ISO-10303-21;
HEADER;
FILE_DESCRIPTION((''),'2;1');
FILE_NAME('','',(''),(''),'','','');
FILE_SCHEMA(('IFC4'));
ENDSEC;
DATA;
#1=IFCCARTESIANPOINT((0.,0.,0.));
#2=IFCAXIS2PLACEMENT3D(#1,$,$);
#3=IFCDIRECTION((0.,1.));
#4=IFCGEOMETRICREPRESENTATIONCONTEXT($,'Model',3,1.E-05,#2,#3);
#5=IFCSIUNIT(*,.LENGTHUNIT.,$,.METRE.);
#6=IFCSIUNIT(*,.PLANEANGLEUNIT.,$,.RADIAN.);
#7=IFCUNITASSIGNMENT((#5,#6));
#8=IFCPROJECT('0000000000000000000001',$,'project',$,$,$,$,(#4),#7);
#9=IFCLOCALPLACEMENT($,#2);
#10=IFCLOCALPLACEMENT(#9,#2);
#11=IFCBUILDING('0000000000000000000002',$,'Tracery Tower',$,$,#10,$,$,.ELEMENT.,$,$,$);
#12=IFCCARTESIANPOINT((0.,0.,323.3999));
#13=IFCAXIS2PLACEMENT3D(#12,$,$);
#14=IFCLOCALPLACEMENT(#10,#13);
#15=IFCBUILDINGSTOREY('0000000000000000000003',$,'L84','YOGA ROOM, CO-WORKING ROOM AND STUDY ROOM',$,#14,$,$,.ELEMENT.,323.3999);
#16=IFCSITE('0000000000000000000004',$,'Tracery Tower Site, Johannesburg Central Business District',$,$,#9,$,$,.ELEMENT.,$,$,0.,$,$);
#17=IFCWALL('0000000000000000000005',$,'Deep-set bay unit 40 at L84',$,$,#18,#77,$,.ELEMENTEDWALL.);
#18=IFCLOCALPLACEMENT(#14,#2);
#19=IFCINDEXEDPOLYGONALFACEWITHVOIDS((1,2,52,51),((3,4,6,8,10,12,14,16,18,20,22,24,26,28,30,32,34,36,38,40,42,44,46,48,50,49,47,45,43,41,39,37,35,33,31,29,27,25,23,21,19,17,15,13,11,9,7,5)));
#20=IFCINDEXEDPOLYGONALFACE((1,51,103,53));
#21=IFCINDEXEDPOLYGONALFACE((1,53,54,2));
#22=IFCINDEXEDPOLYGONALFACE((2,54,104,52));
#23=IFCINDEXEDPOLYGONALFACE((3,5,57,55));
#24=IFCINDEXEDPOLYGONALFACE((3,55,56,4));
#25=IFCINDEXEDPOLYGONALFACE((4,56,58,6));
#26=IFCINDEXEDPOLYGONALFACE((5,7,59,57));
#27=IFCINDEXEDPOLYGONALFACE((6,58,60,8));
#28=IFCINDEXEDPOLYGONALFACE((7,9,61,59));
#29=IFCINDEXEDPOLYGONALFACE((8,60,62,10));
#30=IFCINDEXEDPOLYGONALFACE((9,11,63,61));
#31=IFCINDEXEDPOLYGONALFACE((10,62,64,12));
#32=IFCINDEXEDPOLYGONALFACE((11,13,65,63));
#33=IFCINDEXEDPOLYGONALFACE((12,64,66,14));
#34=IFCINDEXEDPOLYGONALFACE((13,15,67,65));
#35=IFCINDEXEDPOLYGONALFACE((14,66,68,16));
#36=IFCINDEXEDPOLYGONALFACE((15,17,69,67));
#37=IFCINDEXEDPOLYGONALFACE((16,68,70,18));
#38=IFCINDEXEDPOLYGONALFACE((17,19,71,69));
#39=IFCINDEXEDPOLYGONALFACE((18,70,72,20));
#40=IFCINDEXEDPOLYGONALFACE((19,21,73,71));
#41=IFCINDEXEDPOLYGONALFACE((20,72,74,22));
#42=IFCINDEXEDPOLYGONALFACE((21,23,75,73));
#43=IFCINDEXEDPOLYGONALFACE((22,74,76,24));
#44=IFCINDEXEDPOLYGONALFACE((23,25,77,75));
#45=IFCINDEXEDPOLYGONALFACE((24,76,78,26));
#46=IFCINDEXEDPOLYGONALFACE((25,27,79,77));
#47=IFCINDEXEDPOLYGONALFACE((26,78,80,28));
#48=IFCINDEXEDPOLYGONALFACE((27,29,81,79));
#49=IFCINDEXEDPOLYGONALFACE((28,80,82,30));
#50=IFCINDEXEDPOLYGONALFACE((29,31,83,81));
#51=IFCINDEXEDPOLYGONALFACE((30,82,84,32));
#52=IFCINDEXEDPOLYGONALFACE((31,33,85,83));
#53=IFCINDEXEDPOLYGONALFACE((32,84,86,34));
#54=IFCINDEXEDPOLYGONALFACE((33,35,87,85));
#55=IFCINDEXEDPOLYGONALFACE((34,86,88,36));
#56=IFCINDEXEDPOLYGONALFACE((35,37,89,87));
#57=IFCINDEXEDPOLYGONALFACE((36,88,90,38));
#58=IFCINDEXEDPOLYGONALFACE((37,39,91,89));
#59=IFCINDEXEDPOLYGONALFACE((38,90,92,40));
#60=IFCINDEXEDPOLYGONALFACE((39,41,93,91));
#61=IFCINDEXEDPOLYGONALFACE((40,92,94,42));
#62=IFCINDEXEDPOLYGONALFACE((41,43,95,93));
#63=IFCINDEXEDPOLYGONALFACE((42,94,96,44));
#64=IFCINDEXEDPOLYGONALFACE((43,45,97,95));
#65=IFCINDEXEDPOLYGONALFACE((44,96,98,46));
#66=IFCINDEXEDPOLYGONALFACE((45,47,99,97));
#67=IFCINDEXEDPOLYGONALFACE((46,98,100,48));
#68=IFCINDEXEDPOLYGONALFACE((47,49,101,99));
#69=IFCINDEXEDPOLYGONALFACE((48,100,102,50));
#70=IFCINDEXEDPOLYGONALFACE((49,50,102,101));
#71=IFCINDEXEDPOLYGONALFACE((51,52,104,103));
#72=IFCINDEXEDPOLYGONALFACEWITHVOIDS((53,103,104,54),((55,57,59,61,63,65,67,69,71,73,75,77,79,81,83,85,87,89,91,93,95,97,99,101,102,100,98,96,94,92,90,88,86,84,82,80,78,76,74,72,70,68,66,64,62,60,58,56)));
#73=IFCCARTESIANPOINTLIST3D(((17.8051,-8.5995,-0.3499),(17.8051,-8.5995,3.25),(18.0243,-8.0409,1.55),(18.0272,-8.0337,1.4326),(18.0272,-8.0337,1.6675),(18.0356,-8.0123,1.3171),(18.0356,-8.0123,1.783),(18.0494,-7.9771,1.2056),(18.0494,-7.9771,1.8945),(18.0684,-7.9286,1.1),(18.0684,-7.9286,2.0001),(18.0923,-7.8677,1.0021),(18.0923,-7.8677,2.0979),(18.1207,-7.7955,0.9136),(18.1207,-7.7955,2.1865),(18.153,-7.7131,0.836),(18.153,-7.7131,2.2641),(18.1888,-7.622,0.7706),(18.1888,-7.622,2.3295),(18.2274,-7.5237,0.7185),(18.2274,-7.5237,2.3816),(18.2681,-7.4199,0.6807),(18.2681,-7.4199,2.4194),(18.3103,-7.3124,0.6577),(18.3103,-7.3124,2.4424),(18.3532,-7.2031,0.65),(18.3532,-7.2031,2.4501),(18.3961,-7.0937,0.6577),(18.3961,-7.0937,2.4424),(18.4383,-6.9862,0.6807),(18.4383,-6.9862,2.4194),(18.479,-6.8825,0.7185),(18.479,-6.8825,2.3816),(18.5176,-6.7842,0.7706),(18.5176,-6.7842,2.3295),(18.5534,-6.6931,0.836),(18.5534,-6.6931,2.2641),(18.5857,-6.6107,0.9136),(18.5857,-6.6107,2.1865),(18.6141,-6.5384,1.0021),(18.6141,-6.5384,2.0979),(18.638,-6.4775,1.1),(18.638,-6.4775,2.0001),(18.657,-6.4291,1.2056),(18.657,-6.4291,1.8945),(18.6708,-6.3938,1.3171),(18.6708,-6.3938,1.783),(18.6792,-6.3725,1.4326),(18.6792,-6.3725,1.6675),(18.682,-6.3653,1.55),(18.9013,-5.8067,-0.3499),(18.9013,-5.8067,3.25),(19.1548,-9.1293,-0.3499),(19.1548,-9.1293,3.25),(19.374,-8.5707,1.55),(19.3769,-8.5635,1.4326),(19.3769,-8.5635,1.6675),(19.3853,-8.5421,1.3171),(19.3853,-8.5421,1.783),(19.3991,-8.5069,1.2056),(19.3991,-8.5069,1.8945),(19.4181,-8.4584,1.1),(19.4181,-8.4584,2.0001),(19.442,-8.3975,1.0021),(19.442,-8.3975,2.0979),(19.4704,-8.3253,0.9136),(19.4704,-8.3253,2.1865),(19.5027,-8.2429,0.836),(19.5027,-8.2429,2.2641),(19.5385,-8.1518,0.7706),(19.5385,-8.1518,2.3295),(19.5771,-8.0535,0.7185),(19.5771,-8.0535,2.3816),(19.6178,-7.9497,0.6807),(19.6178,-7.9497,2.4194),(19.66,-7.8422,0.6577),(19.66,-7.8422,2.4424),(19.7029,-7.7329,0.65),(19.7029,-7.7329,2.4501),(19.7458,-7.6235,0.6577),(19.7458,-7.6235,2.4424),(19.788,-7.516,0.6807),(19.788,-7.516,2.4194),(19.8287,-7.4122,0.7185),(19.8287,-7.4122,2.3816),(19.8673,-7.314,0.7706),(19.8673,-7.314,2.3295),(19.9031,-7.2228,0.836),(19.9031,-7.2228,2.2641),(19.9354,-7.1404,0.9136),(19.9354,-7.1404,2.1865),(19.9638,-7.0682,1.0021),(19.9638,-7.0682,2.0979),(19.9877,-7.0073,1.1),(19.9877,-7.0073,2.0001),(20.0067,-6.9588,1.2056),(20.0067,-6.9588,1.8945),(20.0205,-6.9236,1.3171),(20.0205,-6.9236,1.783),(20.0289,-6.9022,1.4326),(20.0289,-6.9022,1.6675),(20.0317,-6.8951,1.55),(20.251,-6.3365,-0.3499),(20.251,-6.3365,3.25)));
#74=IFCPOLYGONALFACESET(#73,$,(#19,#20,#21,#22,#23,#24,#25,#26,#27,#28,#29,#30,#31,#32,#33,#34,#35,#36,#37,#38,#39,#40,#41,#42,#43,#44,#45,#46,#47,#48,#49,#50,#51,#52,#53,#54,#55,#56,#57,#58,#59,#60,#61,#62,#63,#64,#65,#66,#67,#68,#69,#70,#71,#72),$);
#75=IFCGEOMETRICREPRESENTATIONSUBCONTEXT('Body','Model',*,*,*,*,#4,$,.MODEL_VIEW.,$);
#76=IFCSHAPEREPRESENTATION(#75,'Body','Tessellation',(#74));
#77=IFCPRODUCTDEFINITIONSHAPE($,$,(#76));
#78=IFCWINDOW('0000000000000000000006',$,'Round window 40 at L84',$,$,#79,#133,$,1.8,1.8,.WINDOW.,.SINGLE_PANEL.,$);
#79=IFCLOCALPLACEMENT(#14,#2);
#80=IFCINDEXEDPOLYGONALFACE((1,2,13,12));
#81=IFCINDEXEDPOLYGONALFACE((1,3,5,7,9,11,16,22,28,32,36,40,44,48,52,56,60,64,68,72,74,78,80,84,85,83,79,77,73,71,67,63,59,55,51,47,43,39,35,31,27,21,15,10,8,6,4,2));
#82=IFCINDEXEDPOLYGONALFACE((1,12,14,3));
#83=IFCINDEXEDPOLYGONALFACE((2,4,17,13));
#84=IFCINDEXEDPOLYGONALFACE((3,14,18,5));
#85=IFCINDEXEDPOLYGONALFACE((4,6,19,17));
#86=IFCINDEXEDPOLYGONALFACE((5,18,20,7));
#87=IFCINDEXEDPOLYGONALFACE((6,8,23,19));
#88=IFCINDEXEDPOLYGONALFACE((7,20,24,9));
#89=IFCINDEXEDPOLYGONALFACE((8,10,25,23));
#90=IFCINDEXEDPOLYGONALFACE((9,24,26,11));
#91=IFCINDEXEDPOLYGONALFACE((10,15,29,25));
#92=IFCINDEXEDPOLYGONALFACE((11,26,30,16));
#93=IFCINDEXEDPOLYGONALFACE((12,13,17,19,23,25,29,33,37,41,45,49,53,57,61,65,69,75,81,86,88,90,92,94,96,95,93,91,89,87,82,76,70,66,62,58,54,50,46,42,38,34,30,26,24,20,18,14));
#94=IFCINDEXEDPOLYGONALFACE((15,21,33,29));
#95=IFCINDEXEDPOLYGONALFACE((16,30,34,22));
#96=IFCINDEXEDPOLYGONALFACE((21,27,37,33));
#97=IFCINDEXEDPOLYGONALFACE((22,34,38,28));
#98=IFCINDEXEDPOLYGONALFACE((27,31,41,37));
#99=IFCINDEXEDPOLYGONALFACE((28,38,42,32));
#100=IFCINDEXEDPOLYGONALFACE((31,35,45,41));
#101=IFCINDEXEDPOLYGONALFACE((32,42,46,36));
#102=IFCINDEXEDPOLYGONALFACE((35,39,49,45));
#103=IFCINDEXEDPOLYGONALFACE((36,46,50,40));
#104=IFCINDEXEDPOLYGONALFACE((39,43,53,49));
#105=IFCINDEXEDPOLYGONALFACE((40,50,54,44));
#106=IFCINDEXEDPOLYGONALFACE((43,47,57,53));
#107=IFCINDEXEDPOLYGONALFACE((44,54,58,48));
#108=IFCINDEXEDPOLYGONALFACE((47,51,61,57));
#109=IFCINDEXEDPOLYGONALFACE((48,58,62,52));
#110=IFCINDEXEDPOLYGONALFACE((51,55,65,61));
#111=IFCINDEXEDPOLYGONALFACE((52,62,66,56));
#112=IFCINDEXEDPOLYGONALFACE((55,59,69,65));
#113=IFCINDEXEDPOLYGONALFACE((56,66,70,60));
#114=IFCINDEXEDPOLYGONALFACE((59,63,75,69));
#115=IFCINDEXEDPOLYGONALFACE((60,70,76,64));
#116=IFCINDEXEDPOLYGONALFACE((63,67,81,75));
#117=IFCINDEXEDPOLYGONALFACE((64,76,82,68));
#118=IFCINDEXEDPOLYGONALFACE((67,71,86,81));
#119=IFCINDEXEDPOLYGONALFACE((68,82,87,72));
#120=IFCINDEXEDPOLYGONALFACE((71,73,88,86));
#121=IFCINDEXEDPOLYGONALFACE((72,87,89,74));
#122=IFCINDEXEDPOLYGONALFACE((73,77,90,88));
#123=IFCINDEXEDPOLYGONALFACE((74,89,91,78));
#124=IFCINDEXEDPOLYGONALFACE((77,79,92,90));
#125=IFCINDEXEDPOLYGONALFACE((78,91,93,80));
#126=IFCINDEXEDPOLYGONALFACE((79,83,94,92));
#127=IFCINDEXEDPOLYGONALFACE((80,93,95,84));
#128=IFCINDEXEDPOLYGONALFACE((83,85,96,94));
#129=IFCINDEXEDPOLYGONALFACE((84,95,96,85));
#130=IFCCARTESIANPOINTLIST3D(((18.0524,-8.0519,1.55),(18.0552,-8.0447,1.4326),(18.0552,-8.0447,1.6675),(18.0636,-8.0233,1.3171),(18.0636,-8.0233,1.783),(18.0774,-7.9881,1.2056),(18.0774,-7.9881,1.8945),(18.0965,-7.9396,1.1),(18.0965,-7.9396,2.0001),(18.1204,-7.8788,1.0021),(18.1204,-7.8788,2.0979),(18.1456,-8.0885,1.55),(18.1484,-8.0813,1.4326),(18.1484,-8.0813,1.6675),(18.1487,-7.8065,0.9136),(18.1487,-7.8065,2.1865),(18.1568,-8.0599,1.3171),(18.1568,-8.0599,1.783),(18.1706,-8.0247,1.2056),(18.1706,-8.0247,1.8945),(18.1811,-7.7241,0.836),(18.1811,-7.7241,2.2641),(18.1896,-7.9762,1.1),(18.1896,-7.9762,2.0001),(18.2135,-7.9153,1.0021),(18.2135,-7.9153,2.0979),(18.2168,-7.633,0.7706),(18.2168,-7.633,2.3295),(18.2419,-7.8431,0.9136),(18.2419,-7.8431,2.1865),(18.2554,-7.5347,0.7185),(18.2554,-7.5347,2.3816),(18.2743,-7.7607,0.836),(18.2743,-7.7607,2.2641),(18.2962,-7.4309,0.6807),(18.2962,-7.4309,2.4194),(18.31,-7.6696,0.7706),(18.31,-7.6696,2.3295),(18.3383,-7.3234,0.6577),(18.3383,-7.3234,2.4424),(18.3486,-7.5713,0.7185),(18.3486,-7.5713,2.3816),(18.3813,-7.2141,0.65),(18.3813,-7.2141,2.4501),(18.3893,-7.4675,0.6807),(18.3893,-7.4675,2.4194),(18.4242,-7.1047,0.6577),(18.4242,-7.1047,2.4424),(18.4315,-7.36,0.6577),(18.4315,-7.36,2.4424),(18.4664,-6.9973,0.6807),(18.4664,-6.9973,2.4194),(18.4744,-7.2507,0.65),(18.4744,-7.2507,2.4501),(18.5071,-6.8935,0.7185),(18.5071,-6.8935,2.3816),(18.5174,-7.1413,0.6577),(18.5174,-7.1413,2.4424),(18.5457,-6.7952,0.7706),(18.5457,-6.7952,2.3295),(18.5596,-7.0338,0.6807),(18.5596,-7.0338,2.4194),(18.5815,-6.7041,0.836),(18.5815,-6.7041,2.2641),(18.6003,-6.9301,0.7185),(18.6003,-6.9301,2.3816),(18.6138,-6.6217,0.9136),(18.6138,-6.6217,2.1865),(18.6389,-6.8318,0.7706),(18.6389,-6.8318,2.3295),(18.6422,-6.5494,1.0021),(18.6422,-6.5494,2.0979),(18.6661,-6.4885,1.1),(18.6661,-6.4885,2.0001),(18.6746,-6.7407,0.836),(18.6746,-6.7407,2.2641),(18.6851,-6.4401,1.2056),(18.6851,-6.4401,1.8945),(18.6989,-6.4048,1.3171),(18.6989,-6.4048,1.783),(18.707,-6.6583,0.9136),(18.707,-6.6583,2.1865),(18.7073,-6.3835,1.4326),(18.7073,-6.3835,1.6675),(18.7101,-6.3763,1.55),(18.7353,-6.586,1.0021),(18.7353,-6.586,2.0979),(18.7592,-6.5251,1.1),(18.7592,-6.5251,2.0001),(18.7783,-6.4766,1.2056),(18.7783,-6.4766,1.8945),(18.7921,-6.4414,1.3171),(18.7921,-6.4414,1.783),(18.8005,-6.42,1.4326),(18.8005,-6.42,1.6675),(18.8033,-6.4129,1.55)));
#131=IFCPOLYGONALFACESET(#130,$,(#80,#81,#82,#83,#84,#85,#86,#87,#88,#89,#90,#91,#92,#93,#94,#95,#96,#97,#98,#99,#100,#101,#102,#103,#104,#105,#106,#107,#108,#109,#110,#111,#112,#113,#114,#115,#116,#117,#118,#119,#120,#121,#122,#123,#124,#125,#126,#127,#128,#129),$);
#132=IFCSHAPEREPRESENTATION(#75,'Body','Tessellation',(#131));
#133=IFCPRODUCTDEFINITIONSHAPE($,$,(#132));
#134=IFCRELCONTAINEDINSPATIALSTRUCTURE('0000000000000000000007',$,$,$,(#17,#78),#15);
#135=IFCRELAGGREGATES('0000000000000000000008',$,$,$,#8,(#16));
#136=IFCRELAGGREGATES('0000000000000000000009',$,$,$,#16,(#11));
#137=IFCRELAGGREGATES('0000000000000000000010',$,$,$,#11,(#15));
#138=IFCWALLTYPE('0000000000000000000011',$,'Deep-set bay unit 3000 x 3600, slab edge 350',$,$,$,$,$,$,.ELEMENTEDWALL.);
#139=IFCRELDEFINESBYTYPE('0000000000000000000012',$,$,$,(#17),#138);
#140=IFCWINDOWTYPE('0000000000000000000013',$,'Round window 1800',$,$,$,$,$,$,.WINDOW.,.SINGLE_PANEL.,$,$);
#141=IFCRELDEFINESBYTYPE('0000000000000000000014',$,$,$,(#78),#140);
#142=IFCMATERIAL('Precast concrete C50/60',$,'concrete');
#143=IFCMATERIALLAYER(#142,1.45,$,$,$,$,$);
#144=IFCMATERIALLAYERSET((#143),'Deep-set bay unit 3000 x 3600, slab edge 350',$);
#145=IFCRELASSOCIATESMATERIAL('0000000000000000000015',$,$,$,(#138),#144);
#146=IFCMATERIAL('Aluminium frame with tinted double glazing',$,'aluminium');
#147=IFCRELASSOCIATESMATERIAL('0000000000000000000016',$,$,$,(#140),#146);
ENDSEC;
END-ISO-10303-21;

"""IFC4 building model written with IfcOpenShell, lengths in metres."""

from ifc_helpers import new_model, si_unit, direction, frame, frame_2d, origin, origin_2d, place, context, subcontext, project, spatial, rectangle, circle, extrude, material, layer, layer_set, type_object, element, fill, save


model = new_model("IFC4")

# Units and contexts
model_context = context("Model", 3, precision=1e-05, world=origin(), true_north=direction((0.0, 1.0)))
body_context = subcontext(model_context, "Body", "Model", "MODEL_VIEW")
ifc_project = project(units=[si_unit("LENGTHUNIT", "METRE"), si_unit("PLANEANGLEUNIT", "RADIAN")], contexts=[model_context])

# Site, building, storey
site_placement = place(None, origin())
site = spatial("IfcSite", under=ifc_project, at=site_placement, Name="Tracery Tower Site, Johannesburg Central Business District", CompositionType="ELEMENT", RefElevation=0.0)
building_placement = place(site_placement, origin())
building = spatial("IfcBuilding", under=site, at=building_placement, Name="Tracery Tower", CompositionType="ELEMENT")
storey_placement = place(building_placement, frame((0.0, 0.0, 323.3999)))
storey = spatial("IfcBuildingStorey", under=building, at=storey_placement, Name="L84", Description="YOGA ROOM, CO-WORKING ROOM AND STUDY ROOM", CompositionType="ELEMENT", Elevation=323.3999)

# Wall, opening, window
ifc_material_1 = material(Name="Precast concrete C50/60", Category="concrete")
ifc_layer_1 = layer(ifc_material_1, 1.45)
ifc_layer_set_1 = layer_set([ifc_layer_1], Name="Deep-set bay unit 3000 x 3600, slab edge 350")
wall_type_1 = type_object("IfcWallType", Name="Deep-set bay unit 3000 x 3600, slab edge 350", PredefinedType="ELEMENTEDWALL", material=ifc_layer_set_1)
wall_1_placement = place(storey_placement, frame((18.48, -8.8643, -0.3499), z_axis=(0.0, 0.0, 1.0), x_axis=(0.365378, 0.930859, 0.0)))
wall_1 = element("IfcWall", 1, at=wall_1_placement, inside=storey, type_object=wall_type_1, Name="Deep-set bay unit 40 at L84", PredefinedType="ELEMENTEDWALL", context=body_context, shape_type="SweptSolid", body=[
    extrude(rectangle(XDim=3.0002, YDim=1.45, at=frame_2d((1.5, 0.0))), origin(), (0.0, 0.0, 1.0), 3.5999),
])
opening_1_placement = place(wall_1_placement, frame((1.5, 0.0, 1.8999)))
opening_1 = element("IfcOpeningElement", 2, at=opening_1_placement, cuts=wall_1, PredefinedType="OPENING", context=body_context, shape_type="SweptSolid", body=[
    extrude(circle(Radius=0.9, at=origin_2d()), frame((0.0, 0.7349, 0.0), z_axis=(0.0, -1.0, 0.0), x_axis=(1.0, 0.0, 0.0)), (0.0, 0.0, 1.0), 1.47),
])
ifc_material_2 = material(Name="Aluminium frame with tinted double glazing", Category="aluminium")
window_type = type_object("IfcWindowType", Name="Round window 1800", PartitioningType="SINGLE_PANEL", PredefinedType="WINDOW", material=ifc_material_2)
window_1_placement = place(opening_1_placement, origin())
window_1 = element("IfcWindow", 3, at=window_1_placement, inside=storey, type_object=window_type, Name="Round window 40 at L84", OverallHeight=1.8, OverallWidth=1.8, PartitioningType="SINGLE_PANEL", PredefinedType="WINDOW", context=body_context, shape_type="SweptSolid", body=[
    extrude(circle(Radius=0.9, at=origin_2d()), frame((0.0, 0.6948, 0.0), z_axis=(0.0, -1.0, 0.0), x_axis=(1.0, 0.0, 0.0)), (0.0, 0.0, 1.0), 0.1001),
])
fill(opening_1, window_1)

save(model, "model.ifc")
